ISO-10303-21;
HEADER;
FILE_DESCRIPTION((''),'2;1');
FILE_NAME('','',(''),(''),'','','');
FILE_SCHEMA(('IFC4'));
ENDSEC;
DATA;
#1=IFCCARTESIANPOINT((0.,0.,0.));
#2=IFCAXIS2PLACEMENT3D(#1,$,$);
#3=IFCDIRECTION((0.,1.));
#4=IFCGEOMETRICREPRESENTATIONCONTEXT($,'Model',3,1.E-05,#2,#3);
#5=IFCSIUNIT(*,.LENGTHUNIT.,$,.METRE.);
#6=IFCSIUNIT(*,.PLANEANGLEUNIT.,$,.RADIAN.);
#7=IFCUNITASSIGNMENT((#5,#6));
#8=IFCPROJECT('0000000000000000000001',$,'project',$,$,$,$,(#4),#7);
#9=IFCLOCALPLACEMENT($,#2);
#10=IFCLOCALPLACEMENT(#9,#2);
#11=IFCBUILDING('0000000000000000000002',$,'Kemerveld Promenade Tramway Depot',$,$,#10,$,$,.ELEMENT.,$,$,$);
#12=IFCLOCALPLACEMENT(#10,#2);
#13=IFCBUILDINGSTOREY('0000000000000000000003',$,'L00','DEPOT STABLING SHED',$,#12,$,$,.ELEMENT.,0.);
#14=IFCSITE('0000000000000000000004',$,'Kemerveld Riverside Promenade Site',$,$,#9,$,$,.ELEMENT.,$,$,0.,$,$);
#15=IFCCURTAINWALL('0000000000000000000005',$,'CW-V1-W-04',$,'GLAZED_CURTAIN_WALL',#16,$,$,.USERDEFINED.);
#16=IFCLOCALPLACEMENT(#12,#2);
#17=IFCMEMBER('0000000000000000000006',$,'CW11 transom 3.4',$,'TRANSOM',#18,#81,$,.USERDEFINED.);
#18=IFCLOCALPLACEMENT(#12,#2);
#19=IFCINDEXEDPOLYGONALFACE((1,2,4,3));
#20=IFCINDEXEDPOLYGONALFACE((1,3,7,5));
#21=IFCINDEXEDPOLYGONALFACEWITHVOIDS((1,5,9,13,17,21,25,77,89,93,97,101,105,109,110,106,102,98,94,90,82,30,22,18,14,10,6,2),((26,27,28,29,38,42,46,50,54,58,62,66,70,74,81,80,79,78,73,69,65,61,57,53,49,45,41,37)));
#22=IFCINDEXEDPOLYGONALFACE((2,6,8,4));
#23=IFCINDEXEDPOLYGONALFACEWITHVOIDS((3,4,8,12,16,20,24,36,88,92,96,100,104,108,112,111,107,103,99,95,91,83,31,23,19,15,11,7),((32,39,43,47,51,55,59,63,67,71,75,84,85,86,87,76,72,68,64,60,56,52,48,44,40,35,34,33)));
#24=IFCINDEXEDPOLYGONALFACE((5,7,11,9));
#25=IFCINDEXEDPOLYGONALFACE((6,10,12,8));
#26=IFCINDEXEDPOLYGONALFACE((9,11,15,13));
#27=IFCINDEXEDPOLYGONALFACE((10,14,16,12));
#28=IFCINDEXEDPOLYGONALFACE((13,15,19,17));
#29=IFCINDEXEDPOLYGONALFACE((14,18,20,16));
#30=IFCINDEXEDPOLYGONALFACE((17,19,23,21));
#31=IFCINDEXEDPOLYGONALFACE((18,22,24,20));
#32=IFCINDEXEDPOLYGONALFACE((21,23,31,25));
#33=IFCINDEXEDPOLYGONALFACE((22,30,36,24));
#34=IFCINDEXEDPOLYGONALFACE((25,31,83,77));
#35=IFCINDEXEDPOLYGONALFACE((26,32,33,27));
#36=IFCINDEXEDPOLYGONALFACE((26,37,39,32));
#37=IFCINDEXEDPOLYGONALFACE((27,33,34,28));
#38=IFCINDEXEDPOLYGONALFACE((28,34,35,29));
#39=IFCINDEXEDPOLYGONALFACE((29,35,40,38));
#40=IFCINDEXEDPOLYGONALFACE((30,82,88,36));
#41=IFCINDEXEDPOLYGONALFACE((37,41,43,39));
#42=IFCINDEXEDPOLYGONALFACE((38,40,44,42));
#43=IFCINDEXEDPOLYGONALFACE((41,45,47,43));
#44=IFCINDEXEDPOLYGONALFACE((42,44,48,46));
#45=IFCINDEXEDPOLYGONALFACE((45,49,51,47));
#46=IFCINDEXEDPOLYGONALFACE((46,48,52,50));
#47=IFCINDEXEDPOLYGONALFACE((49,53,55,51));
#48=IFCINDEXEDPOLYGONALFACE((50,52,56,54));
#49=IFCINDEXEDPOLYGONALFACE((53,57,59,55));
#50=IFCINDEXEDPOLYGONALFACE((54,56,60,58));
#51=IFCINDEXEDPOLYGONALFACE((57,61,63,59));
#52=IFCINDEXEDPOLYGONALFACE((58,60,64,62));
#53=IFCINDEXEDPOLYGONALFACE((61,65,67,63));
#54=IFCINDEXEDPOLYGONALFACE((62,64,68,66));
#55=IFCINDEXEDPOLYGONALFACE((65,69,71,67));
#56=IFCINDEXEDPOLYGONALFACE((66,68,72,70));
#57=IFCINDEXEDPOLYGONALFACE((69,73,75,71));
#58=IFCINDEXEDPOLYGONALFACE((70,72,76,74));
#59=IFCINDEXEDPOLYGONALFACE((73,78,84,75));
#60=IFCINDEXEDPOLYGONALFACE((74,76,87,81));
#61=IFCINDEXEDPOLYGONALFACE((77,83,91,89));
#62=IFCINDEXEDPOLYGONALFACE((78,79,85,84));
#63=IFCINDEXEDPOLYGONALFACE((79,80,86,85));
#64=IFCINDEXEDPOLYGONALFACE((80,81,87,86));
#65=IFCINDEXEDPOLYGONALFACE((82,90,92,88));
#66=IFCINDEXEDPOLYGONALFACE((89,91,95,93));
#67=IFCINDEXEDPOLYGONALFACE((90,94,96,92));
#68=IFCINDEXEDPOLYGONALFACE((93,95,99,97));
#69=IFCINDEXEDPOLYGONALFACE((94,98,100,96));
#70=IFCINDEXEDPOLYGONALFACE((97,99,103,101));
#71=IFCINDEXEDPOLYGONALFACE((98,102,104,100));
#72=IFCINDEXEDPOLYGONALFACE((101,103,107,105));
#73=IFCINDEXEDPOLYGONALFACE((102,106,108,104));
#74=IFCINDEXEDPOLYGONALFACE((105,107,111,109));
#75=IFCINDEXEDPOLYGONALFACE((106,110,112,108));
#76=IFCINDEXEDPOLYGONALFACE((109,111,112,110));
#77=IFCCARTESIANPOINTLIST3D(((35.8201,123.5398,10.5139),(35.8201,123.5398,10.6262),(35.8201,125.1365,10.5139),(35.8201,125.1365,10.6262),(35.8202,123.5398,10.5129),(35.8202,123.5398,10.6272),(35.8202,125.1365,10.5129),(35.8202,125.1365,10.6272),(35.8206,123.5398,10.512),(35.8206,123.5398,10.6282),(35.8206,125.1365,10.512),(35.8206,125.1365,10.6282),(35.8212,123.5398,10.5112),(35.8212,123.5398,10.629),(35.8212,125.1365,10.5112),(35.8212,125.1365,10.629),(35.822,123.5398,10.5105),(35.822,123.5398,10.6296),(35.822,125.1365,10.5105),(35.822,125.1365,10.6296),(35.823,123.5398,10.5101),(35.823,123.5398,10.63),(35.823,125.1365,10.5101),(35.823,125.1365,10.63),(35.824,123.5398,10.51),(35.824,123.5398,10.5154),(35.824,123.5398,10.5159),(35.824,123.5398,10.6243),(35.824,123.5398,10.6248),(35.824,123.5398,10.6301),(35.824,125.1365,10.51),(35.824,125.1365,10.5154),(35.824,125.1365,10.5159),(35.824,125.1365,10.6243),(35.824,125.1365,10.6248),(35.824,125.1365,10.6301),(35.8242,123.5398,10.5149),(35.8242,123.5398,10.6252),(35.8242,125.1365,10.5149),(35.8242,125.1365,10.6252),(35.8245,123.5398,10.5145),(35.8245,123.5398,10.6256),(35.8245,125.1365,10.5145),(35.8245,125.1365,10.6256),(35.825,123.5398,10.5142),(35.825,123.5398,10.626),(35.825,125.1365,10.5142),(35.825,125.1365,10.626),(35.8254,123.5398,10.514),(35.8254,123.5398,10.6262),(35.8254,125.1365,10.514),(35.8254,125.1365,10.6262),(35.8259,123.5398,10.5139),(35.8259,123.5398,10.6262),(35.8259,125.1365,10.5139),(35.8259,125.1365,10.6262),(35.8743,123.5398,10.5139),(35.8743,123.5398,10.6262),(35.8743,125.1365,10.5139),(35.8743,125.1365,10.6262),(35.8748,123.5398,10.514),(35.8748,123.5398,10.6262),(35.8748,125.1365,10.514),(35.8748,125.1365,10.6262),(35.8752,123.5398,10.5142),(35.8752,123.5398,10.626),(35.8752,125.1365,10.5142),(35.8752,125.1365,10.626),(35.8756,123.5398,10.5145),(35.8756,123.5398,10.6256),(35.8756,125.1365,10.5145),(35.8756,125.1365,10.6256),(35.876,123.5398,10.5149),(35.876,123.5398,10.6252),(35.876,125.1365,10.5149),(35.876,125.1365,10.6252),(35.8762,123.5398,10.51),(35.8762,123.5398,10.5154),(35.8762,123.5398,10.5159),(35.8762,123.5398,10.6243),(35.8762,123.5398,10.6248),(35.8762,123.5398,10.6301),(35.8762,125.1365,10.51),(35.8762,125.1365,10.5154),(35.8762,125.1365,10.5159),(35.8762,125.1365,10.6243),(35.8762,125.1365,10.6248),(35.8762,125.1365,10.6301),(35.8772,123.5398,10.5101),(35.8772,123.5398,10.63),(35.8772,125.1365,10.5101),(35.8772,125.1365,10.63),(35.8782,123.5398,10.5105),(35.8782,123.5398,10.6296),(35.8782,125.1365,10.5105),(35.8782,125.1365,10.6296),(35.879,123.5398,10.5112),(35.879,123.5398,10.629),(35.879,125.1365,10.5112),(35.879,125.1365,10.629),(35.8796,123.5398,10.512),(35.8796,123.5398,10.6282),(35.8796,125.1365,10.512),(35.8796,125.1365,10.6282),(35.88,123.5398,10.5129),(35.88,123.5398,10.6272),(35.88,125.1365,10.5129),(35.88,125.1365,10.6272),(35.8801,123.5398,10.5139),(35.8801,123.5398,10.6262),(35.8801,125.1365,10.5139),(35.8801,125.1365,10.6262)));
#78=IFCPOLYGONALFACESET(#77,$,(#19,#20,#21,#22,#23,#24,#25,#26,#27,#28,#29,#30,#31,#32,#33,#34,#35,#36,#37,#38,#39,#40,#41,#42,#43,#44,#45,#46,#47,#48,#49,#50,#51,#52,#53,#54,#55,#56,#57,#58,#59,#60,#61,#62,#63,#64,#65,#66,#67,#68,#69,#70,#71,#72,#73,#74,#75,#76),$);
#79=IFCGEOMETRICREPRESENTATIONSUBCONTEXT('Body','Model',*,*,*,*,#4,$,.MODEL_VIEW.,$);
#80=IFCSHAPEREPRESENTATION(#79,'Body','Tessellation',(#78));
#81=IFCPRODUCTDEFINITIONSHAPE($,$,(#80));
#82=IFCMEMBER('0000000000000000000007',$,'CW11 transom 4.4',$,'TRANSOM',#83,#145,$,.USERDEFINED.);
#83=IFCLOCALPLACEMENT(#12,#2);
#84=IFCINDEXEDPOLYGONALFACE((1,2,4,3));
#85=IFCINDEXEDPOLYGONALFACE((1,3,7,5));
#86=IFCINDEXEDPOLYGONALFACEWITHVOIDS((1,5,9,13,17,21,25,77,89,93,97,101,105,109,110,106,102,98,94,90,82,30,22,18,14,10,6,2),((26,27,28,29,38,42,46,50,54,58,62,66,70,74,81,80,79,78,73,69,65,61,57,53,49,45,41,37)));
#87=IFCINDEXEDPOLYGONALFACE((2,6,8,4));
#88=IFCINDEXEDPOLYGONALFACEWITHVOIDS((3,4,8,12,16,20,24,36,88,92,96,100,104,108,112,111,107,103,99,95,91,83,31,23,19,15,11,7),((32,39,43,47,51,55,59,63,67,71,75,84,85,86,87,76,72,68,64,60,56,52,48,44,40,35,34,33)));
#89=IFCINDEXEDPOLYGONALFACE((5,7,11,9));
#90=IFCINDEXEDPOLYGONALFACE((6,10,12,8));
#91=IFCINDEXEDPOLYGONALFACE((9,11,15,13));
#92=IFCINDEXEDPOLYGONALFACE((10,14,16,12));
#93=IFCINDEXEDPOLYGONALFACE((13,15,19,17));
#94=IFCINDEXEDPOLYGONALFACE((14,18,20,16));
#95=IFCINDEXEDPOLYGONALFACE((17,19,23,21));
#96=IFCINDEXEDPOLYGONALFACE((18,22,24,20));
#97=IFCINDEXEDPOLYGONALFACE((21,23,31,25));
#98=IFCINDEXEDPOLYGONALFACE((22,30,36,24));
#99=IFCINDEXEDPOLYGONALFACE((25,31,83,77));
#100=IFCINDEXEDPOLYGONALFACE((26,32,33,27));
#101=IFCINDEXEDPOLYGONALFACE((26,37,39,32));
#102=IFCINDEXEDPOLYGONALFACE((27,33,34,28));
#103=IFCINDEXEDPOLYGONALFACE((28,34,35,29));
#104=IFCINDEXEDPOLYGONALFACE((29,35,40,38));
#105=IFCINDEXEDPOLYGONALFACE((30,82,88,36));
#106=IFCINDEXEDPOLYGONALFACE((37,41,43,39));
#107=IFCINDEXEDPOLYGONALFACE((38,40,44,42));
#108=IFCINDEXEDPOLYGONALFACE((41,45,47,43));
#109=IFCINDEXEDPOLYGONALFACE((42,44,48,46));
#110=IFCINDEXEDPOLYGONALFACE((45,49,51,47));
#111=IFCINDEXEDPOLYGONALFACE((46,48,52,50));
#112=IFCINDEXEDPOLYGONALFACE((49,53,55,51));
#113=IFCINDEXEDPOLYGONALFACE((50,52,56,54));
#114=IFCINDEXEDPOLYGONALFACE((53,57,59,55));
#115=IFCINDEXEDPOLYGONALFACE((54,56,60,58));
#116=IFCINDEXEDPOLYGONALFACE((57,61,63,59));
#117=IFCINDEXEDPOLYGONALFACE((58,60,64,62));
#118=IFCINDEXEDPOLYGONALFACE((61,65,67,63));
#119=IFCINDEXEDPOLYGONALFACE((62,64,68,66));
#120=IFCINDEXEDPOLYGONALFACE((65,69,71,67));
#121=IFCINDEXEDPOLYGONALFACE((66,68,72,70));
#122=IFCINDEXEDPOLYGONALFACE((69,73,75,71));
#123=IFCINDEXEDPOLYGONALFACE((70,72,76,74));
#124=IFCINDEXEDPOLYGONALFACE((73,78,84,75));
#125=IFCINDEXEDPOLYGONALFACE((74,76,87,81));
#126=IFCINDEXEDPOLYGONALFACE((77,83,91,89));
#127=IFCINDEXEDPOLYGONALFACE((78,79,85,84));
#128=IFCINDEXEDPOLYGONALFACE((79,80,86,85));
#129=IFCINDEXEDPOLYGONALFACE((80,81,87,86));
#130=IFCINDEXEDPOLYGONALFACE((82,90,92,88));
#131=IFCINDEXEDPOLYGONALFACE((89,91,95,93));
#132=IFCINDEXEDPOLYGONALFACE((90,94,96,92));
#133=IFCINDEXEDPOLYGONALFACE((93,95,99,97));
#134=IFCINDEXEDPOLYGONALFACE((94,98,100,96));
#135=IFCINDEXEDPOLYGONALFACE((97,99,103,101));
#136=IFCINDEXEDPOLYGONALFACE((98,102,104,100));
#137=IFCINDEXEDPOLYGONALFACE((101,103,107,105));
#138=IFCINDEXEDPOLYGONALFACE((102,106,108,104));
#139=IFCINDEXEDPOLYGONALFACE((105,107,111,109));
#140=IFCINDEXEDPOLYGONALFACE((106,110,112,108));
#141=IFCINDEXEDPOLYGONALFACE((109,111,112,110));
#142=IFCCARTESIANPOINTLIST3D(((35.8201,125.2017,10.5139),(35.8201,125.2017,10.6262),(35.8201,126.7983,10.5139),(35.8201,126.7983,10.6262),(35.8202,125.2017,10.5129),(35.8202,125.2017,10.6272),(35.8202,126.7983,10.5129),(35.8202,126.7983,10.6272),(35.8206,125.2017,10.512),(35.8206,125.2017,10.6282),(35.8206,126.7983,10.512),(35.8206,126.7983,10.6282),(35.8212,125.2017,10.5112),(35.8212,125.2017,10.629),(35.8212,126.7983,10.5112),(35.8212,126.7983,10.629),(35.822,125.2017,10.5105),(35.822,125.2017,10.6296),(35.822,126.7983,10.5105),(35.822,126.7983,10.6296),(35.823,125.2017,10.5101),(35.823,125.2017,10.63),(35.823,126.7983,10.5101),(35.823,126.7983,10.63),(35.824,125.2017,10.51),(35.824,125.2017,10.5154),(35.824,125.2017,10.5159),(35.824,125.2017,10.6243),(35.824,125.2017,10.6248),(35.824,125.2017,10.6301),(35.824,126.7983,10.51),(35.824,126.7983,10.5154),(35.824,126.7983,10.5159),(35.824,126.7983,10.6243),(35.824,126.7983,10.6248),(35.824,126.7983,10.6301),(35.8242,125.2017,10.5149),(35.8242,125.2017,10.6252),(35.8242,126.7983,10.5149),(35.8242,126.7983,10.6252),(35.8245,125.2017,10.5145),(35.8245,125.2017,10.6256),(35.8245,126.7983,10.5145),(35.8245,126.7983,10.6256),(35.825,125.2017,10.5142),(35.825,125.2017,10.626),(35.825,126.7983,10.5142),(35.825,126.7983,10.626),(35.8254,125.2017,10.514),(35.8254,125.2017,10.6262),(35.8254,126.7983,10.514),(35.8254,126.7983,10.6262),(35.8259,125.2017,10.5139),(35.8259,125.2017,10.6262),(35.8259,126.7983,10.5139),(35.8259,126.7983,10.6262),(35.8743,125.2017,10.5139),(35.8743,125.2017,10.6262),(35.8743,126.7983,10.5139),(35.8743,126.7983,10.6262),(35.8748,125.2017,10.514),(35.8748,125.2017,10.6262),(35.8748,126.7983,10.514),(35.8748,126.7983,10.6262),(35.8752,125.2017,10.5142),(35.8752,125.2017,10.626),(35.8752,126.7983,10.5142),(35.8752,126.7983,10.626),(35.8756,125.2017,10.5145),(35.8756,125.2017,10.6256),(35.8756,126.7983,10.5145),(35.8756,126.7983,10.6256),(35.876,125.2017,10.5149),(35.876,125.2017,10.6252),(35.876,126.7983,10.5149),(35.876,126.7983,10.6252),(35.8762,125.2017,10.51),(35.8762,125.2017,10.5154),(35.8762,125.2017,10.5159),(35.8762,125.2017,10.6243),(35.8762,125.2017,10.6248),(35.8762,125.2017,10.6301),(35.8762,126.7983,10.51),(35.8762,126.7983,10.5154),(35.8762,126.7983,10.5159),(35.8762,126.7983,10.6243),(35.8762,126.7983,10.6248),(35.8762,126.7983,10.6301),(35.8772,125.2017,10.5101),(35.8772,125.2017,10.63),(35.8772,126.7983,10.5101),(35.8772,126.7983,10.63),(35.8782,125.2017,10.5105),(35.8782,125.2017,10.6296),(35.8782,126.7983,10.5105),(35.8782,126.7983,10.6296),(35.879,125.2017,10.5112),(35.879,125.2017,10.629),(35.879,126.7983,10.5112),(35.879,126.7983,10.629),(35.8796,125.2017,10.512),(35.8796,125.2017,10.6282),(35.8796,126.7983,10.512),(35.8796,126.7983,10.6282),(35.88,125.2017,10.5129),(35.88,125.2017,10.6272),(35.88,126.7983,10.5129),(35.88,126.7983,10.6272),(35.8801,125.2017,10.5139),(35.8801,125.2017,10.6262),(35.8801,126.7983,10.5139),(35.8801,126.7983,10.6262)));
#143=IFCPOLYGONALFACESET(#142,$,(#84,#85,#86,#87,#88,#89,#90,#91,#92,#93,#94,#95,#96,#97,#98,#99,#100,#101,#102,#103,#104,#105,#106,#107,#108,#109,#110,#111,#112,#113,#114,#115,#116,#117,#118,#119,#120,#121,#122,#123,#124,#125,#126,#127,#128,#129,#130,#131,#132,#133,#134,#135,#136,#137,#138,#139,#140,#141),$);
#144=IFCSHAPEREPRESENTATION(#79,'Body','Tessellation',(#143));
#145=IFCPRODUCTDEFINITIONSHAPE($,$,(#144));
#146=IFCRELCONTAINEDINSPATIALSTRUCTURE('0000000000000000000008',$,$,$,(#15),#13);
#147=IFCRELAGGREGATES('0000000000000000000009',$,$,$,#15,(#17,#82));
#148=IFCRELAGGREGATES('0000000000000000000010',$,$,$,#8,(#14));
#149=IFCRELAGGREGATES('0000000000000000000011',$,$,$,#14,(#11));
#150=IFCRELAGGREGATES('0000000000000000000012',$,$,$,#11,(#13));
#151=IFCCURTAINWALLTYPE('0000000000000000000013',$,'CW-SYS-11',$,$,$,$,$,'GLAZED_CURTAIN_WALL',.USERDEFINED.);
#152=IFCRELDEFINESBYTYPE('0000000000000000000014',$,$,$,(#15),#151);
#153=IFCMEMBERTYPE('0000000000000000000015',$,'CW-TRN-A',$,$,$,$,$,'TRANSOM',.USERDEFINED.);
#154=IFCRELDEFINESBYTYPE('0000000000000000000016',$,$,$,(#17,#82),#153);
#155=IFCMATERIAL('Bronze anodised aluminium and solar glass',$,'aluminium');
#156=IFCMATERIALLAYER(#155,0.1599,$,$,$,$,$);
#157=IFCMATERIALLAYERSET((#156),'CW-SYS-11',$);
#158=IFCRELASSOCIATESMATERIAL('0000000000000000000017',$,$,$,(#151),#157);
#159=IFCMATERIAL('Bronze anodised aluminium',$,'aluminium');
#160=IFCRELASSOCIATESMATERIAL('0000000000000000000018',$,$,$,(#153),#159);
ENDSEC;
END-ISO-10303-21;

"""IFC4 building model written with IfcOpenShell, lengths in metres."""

from ifc_helpers import new_model, si_unit, direction, frame, origin, origin_2d, place, context, subcontext, project, spatial, hollow_rectangle, extrude, material, layer, layer_set, material_profile, profile_set, type_object, element, aggregate, save


model = new_model("IFC4")

# Units and contexts
model_context = context("Model", 3, precision=1e-05, world=origin(), true_north=direction((0.0, 1.0)))
body_context = subcontext(model_context, "Body", "Model", "MODEL_VIEW")
ifc_project = project(units=[si_unit("LENGTHUNIT", "METRE"), si_unit("PLANEANGLEUNIT", "RADIAN")], contexts=[model_context])

# Site, building, storey
site_placement = place(None, origin())
site = spatial("IfcSite", under=ifc_project, at=site_placement, Name="Kemerveld Riverside Promenade Site", CompositionType="ELEMENT", RefElevation=0.0)
building_placement = place(site_placement, origin())
building = spatial("IfcBuilding", under=site, at=building_placement, Name="Kemerveld Promenade Tramway Depot", CompositionType="ELEMENT")
storey_placement = place(building_placement, origin())
storey = spatial("IfcBuildingStorey", under=building, at=storey_placement, Name="L00", Description="DEPOT STABLING SHED", CompositionType="ELEMENT", Elevation=0.0)

# Curtain wall, members
ifc_material_1 = material(Name="Bronze anodised aluminium and solar glass", Category="aluminium")
ifc_layer_1 = layer(ifc_material_1, 0.1599)
ifc_layer_set_1 = layer_set([ifc_layer_1], Name="CW-SYS-11")
curtain_wall_type = type_object("IfcCurtainWallType", Name="CW-SYS-11", ElementType="GLAZED_CURTAIN_WALL", PredefinedType="USERDEFINED", material=ifc_layer_set_1)
curtain_wall_placement = place(storey_placement, origin())
curtain_wall = element("IfcCurtainWall", 1, at=curtain_wall_placement, inside=storey, type_object=curtain_wall_type, Name="CW-V1-W-04", ObjectType="GLAZED_CURTAIN_WALL", PredefinedType="USERDEFINED")
ifc_material_2 = material(Name="Bronze anodised aluminium", Category="aluminium")
ifc_material_profile_1 = material_profile(ifc_material_2, hollow_rectangle(XDim=0.0601, YDim=0.1201, WallThickness=0.0039, InnerFilletRadius=0.002, OuterFilletRadius=0.0039, at=origin_2d()), Name="CW-TRN-120x60")
ifc_profile_set_1 = profile_set([ifc_material_profile_1], Name="Bronze anodised aluminium")
member_type_1 = type_object("IfcMemberType", Name="CW-TRN-A", ElementType="TRANSOM", PredefinedType="USERDEFINED", material=ifc_profile_set_1)
member_1_placement = place(storey_placement, frame((35.8501, 123.5398, 10.5701), z_axis=(0.0, 1.0, 0.0), x_axis=(-1.0, 0.0, 0.0)))
member_1 = element("IfcMember", 2, at=member_1_placement, type_object=member_type_1, Name="CW11 transom 3.4", ObjectType="TRANSOM", PredefinedType="USERDEFINED", context=body_context, shape_type="SweptSolid", body=[
    extrude(hollow_rectangle(XDim=0.0601, YDim=0.1201, WallThickness=0.0039, InnerFilletRadius=0.002, OuterFilletRadius=0.0039, at=origin_2d()), origin(), (0.0, 0.0, 1.0), 1.5967),
])
member_2_placement = place(storey_placement, frame((35.8501, 125.2017, 10.5701), z_axis=(0.0, 1.0, 0.0), x_axis=(-1.0, 0.0, 0.0)))
member_2 = element("IfcMember", 3, at=member_2_placement, type_object=member_type_1, Name="CW11 transom 4.4", ObjectType="TRANSOM", PredefinedType="USERDEFINED", context=body_context, shape_type="SweptSolid", body=[
    extrude(hollow_rectangle(XDim=0.0601, YDim=0.1201, WallThickness=0.0039, InnerFilletRadius=0.002, OuterFilletRadius=0.0039, at=origin_2d()), origin(), (0.0, 0.0, 1.0), 1.5967),
])

aggregate(curtain_wall, [member_1, member_2])

save(model, "model.ifc")
